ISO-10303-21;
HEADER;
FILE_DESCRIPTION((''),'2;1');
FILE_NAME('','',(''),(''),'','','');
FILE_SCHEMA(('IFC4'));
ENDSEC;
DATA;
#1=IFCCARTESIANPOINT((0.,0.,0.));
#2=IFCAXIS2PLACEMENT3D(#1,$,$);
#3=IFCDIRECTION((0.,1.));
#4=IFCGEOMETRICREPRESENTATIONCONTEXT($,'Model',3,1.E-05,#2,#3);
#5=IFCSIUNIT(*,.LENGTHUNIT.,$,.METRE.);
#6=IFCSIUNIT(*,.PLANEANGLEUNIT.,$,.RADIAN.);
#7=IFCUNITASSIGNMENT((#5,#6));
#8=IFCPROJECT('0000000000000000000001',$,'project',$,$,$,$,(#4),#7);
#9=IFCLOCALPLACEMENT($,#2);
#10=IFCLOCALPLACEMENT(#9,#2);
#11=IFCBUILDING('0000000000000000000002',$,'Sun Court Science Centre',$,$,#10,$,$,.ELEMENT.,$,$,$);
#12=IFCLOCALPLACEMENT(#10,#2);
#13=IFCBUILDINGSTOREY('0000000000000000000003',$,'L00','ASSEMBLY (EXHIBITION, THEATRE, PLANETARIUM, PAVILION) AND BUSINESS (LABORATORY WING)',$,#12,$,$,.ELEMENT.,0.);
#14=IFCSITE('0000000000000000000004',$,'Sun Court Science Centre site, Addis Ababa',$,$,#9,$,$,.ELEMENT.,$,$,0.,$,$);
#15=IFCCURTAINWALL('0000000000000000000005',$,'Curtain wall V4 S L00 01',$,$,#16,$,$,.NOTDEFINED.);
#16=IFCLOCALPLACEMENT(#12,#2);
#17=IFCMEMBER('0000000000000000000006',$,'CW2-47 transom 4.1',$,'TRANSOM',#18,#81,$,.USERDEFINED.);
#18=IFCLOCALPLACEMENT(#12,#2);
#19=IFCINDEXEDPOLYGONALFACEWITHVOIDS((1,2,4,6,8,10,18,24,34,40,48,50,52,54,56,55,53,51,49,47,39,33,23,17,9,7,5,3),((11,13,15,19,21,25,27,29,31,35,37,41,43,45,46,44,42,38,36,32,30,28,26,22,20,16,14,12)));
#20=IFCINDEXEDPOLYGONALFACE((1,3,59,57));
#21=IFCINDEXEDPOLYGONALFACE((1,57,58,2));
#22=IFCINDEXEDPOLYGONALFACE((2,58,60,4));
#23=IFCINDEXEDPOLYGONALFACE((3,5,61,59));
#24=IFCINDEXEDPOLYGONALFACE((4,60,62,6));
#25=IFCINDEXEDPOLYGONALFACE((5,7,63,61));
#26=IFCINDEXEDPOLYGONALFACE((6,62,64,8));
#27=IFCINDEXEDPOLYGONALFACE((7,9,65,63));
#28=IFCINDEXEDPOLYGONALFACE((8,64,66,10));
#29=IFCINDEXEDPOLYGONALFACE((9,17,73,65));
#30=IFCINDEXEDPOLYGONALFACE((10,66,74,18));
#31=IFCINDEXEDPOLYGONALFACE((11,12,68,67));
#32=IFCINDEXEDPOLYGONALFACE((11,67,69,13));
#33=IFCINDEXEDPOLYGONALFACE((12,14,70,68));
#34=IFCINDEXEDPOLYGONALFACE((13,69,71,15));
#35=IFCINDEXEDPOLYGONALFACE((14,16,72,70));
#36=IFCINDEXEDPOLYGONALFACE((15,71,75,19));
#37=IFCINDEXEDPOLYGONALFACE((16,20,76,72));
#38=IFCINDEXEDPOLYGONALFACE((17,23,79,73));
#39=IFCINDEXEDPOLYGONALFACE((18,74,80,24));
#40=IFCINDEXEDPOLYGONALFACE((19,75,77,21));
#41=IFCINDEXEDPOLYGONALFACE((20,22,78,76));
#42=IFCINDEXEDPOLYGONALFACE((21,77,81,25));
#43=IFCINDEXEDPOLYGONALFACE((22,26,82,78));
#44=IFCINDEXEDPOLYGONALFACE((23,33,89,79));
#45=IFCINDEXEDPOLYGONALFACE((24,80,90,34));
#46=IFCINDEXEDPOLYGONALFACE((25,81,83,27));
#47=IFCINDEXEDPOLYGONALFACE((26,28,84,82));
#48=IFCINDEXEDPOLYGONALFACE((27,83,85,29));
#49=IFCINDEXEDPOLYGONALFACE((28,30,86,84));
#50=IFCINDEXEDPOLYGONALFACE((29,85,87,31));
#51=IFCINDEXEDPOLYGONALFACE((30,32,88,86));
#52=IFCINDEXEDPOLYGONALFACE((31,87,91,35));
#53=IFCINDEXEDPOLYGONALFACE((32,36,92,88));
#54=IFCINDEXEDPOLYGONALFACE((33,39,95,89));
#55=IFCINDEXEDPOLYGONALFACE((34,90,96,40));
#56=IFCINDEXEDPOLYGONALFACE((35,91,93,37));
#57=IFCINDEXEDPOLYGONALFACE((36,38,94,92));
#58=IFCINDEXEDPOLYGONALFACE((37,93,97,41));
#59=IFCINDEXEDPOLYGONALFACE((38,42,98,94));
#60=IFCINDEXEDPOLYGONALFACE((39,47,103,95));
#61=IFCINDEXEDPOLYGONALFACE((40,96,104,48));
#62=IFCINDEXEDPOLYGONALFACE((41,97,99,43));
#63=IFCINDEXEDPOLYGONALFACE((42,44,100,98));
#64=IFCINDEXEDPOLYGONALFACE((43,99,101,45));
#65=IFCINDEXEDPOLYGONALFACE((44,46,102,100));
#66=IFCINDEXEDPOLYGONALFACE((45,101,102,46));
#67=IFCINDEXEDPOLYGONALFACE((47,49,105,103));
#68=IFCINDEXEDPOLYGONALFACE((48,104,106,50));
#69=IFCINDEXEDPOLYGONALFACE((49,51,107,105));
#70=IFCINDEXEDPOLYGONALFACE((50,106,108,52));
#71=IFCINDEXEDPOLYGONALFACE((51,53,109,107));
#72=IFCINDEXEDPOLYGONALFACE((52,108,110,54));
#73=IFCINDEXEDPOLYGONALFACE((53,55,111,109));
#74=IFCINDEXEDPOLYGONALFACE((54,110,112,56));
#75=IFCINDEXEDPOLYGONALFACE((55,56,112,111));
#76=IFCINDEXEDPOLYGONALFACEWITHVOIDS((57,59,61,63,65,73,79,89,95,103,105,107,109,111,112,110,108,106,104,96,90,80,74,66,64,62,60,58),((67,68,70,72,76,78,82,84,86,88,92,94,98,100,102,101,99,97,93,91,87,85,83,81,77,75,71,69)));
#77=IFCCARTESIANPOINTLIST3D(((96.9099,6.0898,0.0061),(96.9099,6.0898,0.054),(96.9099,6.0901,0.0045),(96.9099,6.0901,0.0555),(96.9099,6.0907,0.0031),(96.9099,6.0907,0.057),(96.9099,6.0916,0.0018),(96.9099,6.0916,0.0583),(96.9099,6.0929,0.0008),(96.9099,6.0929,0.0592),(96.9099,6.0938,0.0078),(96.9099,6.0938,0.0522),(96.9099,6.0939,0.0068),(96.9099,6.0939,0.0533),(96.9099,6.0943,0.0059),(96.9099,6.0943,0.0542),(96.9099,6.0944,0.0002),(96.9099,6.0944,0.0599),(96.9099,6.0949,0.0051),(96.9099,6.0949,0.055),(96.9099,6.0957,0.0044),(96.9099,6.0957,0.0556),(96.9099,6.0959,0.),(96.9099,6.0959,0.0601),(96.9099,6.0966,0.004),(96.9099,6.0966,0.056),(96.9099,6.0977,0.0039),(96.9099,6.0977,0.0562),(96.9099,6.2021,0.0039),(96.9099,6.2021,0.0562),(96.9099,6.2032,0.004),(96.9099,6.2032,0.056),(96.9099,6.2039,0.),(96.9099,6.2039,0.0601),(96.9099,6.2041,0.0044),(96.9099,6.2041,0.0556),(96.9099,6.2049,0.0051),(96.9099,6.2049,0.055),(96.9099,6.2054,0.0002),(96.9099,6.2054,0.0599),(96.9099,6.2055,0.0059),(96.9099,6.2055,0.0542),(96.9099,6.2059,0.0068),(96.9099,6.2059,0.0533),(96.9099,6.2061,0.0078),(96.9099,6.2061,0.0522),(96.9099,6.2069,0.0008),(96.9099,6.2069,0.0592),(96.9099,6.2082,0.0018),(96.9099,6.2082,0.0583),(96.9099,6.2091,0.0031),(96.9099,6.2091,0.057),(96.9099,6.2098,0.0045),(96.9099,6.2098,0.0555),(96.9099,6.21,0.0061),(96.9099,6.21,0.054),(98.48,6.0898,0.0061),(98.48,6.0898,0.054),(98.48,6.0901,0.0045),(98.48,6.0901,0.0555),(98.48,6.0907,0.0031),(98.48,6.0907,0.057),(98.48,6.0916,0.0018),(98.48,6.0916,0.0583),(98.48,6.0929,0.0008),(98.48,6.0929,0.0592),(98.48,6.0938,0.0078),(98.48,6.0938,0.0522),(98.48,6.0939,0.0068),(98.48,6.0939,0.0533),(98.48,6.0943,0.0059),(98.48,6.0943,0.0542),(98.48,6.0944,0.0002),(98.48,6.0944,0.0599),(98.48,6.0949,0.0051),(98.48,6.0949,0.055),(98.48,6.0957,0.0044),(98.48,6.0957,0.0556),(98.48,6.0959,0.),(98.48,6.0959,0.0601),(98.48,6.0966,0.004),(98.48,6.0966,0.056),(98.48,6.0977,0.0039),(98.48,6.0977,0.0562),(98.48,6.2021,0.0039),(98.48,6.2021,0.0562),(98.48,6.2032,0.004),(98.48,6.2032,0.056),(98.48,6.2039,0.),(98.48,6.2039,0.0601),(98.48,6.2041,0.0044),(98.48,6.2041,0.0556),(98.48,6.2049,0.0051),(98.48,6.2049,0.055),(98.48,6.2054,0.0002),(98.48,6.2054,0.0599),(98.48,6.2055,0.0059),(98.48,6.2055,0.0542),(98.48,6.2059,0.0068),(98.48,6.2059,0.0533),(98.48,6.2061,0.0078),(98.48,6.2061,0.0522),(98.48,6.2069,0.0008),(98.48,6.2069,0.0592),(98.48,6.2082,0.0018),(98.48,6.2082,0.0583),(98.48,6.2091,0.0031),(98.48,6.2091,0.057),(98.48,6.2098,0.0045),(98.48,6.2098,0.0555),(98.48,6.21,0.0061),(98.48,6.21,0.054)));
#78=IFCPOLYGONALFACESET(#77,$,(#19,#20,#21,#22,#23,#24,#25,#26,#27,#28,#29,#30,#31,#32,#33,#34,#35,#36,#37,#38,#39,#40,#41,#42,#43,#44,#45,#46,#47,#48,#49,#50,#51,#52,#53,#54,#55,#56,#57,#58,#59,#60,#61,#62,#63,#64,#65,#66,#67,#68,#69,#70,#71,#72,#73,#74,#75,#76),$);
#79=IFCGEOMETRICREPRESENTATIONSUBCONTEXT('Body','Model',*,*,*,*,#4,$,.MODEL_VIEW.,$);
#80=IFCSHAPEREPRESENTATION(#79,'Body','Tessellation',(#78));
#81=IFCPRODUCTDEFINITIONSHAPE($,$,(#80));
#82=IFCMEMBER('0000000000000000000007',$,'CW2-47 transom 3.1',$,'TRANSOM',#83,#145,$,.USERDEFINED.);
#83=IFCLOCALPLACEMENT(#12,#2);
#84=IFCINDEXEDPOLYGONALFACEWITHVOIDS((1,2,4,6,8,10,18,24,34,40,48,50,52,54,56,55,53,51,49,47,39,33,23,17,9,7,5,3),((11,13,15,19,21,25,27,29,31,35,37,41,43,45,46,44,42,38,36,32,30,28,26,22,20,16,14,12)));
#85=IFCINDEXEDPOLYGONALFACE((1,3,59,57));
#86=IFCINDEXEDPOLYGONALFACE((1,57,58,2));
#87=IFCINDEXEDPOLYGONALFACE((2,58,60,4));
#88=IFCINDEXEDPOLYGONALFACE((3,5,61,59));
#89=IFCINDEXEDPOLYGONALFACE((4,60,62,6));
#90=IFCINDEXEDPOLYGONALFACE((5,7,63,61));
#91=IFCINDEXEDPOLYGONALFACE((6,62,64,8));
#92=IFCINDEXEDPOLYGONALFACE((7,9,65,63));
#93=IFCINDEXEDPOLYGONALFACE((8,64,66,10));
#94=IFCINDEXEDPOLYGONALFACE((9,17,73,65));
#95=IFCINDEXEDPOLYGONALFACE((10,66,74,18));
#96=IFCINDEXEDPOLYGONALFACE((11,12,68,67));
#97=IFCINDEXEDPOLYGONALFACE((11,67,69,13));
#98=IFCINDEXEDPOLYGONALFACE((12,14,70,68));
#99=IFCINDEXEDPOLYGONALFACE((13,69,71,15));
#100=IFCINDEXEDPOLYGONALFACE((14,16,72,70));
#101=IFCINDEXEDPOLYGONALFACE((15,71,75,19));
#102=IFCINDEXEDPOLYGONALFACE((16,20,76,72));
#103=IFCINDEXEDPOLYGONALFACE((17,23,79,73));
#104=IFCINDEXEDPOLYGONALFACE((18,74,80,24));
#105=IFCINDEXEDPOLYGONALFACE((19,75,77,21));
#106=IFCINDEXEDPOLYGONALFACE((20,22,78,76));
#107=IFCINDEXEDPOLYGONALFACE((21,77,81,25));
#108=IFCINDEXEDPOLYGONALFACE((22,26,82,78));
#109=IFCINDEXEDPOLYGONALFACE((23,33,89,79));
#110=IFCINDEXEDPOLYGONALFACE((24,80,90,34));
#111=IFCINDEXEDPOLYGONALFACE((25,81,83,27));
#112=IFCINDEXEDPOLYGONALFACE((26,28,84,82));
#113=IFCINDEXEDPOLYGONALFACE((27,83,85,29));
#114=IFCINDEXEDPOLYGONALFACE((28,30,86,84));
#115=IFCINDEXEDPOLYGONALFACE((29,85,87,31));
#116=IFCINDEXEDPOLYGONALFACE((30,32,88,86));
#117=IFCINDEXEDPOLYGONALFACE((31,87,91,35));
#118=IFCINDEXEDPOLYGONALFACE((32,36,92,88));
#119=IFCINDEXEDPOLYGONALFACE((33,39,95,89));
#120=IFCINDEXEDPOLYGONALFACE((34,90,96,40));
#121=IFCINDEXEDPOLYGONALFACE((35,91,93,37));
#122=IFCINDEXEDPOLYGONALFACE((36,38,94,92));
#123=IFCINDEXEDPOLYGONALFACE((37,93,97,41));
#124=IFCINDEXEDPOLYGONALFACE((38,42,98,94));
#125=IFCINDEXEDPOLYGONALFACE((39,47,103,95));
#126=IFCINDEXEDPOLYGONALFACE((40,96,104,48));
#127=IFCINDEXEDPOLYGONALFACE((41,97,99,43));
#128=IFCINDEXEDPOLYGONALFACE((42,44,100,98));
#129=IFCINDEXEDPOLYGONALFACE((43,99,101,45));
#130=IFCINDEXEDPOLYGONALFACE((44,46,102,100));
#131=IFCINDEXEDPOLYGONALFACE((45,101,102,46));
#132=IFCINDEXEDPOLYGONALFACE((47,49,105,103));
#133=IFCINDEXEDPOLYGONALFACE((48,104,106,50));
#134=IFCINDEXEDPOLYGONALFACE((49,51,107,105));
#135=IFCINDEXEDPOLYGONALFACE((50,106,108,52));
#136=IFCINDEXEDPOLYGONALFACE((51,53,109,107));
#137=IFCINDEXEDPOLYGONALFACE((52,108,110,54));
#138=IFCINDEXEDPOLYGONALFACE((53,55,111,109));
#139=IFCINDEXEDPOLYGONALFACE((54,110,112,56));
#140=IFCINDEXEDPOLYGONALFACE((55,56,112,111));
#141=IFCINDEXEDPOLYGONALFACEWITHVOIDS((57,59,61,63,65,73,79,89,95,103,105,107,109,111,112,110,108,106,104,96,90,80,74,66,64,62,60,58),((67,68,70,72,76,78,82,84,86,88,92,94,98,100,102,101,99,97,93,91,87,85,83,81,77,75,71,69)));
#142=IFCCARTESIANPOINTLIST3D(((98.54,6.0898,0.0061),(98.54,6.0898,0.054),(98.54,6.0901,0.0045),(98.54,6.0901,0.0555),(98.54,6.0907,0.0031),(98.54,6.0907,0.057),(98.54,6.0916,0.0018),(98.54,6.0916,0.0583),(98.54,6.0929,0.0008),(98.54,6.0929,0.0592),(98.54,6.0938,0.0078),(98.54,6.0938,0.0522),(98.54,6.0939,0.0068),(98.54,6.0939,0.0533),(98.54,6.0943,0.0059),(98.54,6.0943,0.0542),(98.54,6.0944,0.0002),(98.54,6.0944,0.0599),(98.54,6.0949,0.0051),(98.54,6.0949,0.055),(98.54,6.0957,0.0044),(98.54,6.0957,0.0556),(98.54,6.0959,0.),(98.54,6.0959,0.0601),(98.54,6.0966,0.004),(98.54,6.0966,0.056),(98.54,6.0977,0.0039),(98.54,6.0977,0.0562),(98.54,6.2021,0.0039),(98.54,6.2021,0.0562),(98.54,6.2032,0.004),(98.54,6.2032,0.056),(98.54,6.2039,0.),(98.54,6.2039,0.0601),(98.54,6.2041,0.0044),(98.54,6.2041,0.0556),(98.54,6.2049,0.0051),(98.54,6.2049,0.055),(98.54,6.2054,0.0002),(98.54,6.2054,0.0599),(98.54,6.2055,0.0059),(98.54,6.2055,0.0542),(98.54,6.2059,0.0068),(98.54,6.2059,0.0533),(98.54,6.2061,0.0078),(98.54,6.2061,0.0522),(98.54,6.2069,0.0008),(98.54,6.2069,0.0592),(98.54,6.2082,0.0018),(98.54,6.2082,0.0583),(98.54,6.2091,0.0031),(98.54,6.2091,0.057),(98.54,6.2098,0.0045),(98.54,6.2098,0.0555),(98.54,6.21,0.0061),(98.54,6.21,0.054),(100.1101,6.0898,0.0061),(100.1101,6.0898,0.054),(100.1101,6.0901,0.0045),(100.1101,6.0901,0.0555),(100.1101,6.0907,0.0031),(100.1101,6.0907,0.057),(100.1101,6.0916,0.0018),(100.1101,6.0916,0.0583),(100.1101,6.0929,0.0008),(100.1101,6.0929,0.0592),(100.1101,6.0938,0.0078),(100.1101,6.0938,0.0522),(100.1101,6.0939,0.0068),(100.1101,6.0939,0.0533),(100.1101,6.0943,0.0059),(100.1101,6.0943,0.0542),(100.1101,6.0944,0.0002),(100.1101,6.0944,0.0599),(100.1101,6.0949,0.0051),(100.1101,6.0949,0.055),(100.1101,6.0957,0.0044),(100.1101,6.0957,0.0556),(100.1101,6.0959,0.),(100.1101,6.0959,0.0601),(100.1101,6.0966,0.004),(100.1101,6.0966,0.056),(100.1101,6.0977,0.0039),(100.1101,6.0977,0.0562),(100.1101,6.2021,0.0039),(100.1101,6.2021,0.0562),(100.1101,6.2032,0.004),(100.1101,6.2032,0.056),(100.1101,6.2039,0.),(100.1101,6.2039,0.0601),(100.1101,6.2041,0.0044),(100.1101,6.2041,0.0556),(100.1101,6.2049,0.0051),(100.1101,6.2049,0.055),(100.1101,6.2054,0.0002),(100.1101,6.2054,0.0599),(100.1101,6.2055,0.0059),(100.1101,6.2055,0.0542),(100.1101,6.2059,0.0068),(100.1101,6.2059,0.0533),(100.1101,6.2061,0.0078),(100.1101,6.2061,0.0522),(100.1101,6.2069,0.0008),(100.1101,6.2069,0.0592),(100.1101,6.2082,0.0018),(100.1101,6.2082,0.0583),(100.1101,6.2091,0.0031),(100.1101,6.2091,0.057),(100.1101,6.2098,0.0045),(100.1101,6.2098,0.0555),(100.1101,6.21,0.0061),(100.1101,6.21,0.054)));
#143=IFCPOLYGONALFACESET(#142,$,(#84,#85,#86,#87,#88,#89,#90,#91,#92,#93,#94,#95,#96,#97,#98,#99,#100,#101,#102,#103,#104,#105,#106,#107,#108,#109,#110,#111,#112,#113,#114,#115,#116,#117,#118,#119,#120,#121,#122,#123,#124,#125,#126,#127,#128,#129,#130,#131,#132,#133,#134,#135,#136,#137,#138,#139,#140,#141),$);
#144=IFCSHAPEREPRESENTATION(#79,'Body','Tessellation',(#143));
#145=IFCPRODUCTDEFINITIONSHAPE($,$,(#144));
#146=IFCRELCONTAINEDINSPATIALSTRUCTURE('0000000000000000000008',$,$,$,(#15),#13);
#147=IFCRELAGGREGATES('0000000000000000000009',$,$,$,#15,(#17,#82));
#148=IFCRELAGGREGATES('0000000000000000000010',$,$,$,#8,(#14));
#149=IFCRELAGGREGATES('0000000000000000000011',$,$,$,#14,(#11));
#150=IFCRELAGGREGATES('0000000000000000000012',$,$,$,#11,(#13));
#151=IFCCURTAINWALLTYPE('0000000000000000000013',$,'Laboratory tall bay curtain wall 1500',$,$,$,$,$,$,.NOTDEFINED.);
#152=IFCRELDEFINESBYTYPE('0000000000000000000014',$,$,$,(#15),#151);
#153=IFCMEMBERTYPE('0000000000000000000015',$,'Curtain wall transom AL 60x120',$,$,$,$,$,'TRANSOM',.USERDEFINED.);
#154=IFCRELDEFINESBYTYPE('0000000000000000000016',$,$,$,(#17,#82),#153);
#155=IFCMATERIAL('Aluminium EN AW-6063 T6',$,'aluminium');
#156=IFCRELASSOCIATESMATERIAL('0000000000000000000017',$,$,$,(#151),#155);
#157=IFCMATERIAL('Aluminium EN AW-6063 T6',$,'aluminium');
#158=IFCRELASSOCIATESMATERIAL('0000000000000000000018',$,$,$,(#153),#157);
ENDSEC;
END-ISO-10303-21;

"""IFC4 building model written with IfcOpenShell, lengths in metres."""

from ifc_helpers import new_model, si_unit, direction, frame, origin, origin_2d, place, context, subcontext, project, spatial, hollow_rectangle, extrude, material, material_profile, profile_set, type_object, element, aggregate, save


model = new_model("IFC4")

# Units and contexts
model_context = context("Model", 3, precision=1e-05, world=origin(), true_north=direction((0.0, 1.0)))
body_context = subcontext(model_context, "Body", "Model", "MODEL_VIEW")
ifc_project = project(units=[si_unit("LENGTHUNIT", "METRE"), si_unit("PLANEANGLEUNIT", "RADIAN")], contexts=[model_context])

# Site, building, storey
site_placement = place(None, origin())
site = spatial("IfcSite", under=ifc_project, at=site_placement, Name="Sun Court Science Centre site, Addis Ababa", CompositionType="ELEMENT", RefElevation=0.0)
building_placement = place(site_placement, origin())
building = spatial("IfcBuilding", under=site, at=building_placement, Name="Sun Court Science Centre", CompositionType="ELEMENT")
storey_placement = place(building_placement, origin())
storey = spatial("IfcBuildingStorey", under=building, at=storey_placement, Name="L00", Description="ASSEMBLY (EXHIBITION, THEATRE, PLANETARIUM, PAVILION) AND BUSINESS (LABORATORY WING)", CompositionType="ELEMENT", Elevation=0.0)

# Curtain wall, members
ifc_material_1 = material(Name="Aluminium EN AW-6063 T6", Category="aluminium")
curtain_wall_type = type_object("IfcCurtainWallType", Name="Laboratory tall bay curtain wall 1500", PredefinedType="NOTDEFINED", material=ifc_material_1)
curtain_wall_placement = place(storey_placement, origin())
curtain_wall = element("IfcCurtainWall", 1, at=curtain_wall_placement, inside=storey, type_object=curtain_wall_type, Name="Curtain wall V4 S L00 01", PredefinedType="NOTDEFINED")
ifc_material_2 = material(Name="Aluminium EN AW-6063 T6", Category="aluminium")
ifc_material_profile_1 = material_profile(ifc_material_2, hollow_rectangle(XDim=0.0601, YDim=0.1201, WallThickness=0.0039, InnerFilletRadius=0.0039, OuterFilletRadius=0.0061, at=origin_2d()), Name="AL 60x120x4")
ifc_profile_set_1 = profile_set([ifc_material_profile_1], Name="Aluminium EN AW-6063 T6")
member_type_1 = type_object("IfcMemberType", Name="Curtain wall transom AL 60x120", ElementType="TRANSOM", PredefinedType="USERDEFINED", material=ifc_profile_set_1)
member_1_placement = place(storey_placement, frame((98.48, 6.1499, 0.03), z_axis=(-1.0, 0.0, 0.0), x_axis=(0.0, 0.0, 1.0)))
member_1 = element("IfcMember", 2, at=member_1_placement, type_object=member_type_1, Name="CW2-47 transom 4.1", ObjectType="TRANSOM", PredefinedType="USERDEFINED", context=body_context, shape_type="SweptSolid", body=[
    extrude(hollow_rectangle(XDim=0.0601, YDim=0.1201, WallThickness=0.0039, InnerFilletRadius=0.0039, OuterFilletRadius=0.0061, at=origin_2d()), origin(), (0.0, 0.0, 1.0), 1.5701),
])
member_2_placement = place(storey_placement, frame((100.1101, 6.1499, 0.03), z_axis=(-1.0, 0.0, 0.0), x_axis=(0.0, 0.0, 1.0)))
member_2 = element("IfcMember", 3, at=member_2_placement, type_object=member_type_1, Name="CW2-47 transom 3.1", ObjectType="TRANSOM", PredefinedType="USERDEFINED", context=body_context, shape_type="SweptSolid", body=[
    extrude(hollow_rectangle(XDim=0.0601, YDim=0.1201, WallThickness=0.0039, InnerFilletRadius=0.0039, OuterFilletRadius=0.0061, at=origin_2d()), origin(), (0.0, 0.0, 1.0), 1.5701),
])
aggregate(curtain_wall, [member_1, member_2])

save(model, "model.ifc")
